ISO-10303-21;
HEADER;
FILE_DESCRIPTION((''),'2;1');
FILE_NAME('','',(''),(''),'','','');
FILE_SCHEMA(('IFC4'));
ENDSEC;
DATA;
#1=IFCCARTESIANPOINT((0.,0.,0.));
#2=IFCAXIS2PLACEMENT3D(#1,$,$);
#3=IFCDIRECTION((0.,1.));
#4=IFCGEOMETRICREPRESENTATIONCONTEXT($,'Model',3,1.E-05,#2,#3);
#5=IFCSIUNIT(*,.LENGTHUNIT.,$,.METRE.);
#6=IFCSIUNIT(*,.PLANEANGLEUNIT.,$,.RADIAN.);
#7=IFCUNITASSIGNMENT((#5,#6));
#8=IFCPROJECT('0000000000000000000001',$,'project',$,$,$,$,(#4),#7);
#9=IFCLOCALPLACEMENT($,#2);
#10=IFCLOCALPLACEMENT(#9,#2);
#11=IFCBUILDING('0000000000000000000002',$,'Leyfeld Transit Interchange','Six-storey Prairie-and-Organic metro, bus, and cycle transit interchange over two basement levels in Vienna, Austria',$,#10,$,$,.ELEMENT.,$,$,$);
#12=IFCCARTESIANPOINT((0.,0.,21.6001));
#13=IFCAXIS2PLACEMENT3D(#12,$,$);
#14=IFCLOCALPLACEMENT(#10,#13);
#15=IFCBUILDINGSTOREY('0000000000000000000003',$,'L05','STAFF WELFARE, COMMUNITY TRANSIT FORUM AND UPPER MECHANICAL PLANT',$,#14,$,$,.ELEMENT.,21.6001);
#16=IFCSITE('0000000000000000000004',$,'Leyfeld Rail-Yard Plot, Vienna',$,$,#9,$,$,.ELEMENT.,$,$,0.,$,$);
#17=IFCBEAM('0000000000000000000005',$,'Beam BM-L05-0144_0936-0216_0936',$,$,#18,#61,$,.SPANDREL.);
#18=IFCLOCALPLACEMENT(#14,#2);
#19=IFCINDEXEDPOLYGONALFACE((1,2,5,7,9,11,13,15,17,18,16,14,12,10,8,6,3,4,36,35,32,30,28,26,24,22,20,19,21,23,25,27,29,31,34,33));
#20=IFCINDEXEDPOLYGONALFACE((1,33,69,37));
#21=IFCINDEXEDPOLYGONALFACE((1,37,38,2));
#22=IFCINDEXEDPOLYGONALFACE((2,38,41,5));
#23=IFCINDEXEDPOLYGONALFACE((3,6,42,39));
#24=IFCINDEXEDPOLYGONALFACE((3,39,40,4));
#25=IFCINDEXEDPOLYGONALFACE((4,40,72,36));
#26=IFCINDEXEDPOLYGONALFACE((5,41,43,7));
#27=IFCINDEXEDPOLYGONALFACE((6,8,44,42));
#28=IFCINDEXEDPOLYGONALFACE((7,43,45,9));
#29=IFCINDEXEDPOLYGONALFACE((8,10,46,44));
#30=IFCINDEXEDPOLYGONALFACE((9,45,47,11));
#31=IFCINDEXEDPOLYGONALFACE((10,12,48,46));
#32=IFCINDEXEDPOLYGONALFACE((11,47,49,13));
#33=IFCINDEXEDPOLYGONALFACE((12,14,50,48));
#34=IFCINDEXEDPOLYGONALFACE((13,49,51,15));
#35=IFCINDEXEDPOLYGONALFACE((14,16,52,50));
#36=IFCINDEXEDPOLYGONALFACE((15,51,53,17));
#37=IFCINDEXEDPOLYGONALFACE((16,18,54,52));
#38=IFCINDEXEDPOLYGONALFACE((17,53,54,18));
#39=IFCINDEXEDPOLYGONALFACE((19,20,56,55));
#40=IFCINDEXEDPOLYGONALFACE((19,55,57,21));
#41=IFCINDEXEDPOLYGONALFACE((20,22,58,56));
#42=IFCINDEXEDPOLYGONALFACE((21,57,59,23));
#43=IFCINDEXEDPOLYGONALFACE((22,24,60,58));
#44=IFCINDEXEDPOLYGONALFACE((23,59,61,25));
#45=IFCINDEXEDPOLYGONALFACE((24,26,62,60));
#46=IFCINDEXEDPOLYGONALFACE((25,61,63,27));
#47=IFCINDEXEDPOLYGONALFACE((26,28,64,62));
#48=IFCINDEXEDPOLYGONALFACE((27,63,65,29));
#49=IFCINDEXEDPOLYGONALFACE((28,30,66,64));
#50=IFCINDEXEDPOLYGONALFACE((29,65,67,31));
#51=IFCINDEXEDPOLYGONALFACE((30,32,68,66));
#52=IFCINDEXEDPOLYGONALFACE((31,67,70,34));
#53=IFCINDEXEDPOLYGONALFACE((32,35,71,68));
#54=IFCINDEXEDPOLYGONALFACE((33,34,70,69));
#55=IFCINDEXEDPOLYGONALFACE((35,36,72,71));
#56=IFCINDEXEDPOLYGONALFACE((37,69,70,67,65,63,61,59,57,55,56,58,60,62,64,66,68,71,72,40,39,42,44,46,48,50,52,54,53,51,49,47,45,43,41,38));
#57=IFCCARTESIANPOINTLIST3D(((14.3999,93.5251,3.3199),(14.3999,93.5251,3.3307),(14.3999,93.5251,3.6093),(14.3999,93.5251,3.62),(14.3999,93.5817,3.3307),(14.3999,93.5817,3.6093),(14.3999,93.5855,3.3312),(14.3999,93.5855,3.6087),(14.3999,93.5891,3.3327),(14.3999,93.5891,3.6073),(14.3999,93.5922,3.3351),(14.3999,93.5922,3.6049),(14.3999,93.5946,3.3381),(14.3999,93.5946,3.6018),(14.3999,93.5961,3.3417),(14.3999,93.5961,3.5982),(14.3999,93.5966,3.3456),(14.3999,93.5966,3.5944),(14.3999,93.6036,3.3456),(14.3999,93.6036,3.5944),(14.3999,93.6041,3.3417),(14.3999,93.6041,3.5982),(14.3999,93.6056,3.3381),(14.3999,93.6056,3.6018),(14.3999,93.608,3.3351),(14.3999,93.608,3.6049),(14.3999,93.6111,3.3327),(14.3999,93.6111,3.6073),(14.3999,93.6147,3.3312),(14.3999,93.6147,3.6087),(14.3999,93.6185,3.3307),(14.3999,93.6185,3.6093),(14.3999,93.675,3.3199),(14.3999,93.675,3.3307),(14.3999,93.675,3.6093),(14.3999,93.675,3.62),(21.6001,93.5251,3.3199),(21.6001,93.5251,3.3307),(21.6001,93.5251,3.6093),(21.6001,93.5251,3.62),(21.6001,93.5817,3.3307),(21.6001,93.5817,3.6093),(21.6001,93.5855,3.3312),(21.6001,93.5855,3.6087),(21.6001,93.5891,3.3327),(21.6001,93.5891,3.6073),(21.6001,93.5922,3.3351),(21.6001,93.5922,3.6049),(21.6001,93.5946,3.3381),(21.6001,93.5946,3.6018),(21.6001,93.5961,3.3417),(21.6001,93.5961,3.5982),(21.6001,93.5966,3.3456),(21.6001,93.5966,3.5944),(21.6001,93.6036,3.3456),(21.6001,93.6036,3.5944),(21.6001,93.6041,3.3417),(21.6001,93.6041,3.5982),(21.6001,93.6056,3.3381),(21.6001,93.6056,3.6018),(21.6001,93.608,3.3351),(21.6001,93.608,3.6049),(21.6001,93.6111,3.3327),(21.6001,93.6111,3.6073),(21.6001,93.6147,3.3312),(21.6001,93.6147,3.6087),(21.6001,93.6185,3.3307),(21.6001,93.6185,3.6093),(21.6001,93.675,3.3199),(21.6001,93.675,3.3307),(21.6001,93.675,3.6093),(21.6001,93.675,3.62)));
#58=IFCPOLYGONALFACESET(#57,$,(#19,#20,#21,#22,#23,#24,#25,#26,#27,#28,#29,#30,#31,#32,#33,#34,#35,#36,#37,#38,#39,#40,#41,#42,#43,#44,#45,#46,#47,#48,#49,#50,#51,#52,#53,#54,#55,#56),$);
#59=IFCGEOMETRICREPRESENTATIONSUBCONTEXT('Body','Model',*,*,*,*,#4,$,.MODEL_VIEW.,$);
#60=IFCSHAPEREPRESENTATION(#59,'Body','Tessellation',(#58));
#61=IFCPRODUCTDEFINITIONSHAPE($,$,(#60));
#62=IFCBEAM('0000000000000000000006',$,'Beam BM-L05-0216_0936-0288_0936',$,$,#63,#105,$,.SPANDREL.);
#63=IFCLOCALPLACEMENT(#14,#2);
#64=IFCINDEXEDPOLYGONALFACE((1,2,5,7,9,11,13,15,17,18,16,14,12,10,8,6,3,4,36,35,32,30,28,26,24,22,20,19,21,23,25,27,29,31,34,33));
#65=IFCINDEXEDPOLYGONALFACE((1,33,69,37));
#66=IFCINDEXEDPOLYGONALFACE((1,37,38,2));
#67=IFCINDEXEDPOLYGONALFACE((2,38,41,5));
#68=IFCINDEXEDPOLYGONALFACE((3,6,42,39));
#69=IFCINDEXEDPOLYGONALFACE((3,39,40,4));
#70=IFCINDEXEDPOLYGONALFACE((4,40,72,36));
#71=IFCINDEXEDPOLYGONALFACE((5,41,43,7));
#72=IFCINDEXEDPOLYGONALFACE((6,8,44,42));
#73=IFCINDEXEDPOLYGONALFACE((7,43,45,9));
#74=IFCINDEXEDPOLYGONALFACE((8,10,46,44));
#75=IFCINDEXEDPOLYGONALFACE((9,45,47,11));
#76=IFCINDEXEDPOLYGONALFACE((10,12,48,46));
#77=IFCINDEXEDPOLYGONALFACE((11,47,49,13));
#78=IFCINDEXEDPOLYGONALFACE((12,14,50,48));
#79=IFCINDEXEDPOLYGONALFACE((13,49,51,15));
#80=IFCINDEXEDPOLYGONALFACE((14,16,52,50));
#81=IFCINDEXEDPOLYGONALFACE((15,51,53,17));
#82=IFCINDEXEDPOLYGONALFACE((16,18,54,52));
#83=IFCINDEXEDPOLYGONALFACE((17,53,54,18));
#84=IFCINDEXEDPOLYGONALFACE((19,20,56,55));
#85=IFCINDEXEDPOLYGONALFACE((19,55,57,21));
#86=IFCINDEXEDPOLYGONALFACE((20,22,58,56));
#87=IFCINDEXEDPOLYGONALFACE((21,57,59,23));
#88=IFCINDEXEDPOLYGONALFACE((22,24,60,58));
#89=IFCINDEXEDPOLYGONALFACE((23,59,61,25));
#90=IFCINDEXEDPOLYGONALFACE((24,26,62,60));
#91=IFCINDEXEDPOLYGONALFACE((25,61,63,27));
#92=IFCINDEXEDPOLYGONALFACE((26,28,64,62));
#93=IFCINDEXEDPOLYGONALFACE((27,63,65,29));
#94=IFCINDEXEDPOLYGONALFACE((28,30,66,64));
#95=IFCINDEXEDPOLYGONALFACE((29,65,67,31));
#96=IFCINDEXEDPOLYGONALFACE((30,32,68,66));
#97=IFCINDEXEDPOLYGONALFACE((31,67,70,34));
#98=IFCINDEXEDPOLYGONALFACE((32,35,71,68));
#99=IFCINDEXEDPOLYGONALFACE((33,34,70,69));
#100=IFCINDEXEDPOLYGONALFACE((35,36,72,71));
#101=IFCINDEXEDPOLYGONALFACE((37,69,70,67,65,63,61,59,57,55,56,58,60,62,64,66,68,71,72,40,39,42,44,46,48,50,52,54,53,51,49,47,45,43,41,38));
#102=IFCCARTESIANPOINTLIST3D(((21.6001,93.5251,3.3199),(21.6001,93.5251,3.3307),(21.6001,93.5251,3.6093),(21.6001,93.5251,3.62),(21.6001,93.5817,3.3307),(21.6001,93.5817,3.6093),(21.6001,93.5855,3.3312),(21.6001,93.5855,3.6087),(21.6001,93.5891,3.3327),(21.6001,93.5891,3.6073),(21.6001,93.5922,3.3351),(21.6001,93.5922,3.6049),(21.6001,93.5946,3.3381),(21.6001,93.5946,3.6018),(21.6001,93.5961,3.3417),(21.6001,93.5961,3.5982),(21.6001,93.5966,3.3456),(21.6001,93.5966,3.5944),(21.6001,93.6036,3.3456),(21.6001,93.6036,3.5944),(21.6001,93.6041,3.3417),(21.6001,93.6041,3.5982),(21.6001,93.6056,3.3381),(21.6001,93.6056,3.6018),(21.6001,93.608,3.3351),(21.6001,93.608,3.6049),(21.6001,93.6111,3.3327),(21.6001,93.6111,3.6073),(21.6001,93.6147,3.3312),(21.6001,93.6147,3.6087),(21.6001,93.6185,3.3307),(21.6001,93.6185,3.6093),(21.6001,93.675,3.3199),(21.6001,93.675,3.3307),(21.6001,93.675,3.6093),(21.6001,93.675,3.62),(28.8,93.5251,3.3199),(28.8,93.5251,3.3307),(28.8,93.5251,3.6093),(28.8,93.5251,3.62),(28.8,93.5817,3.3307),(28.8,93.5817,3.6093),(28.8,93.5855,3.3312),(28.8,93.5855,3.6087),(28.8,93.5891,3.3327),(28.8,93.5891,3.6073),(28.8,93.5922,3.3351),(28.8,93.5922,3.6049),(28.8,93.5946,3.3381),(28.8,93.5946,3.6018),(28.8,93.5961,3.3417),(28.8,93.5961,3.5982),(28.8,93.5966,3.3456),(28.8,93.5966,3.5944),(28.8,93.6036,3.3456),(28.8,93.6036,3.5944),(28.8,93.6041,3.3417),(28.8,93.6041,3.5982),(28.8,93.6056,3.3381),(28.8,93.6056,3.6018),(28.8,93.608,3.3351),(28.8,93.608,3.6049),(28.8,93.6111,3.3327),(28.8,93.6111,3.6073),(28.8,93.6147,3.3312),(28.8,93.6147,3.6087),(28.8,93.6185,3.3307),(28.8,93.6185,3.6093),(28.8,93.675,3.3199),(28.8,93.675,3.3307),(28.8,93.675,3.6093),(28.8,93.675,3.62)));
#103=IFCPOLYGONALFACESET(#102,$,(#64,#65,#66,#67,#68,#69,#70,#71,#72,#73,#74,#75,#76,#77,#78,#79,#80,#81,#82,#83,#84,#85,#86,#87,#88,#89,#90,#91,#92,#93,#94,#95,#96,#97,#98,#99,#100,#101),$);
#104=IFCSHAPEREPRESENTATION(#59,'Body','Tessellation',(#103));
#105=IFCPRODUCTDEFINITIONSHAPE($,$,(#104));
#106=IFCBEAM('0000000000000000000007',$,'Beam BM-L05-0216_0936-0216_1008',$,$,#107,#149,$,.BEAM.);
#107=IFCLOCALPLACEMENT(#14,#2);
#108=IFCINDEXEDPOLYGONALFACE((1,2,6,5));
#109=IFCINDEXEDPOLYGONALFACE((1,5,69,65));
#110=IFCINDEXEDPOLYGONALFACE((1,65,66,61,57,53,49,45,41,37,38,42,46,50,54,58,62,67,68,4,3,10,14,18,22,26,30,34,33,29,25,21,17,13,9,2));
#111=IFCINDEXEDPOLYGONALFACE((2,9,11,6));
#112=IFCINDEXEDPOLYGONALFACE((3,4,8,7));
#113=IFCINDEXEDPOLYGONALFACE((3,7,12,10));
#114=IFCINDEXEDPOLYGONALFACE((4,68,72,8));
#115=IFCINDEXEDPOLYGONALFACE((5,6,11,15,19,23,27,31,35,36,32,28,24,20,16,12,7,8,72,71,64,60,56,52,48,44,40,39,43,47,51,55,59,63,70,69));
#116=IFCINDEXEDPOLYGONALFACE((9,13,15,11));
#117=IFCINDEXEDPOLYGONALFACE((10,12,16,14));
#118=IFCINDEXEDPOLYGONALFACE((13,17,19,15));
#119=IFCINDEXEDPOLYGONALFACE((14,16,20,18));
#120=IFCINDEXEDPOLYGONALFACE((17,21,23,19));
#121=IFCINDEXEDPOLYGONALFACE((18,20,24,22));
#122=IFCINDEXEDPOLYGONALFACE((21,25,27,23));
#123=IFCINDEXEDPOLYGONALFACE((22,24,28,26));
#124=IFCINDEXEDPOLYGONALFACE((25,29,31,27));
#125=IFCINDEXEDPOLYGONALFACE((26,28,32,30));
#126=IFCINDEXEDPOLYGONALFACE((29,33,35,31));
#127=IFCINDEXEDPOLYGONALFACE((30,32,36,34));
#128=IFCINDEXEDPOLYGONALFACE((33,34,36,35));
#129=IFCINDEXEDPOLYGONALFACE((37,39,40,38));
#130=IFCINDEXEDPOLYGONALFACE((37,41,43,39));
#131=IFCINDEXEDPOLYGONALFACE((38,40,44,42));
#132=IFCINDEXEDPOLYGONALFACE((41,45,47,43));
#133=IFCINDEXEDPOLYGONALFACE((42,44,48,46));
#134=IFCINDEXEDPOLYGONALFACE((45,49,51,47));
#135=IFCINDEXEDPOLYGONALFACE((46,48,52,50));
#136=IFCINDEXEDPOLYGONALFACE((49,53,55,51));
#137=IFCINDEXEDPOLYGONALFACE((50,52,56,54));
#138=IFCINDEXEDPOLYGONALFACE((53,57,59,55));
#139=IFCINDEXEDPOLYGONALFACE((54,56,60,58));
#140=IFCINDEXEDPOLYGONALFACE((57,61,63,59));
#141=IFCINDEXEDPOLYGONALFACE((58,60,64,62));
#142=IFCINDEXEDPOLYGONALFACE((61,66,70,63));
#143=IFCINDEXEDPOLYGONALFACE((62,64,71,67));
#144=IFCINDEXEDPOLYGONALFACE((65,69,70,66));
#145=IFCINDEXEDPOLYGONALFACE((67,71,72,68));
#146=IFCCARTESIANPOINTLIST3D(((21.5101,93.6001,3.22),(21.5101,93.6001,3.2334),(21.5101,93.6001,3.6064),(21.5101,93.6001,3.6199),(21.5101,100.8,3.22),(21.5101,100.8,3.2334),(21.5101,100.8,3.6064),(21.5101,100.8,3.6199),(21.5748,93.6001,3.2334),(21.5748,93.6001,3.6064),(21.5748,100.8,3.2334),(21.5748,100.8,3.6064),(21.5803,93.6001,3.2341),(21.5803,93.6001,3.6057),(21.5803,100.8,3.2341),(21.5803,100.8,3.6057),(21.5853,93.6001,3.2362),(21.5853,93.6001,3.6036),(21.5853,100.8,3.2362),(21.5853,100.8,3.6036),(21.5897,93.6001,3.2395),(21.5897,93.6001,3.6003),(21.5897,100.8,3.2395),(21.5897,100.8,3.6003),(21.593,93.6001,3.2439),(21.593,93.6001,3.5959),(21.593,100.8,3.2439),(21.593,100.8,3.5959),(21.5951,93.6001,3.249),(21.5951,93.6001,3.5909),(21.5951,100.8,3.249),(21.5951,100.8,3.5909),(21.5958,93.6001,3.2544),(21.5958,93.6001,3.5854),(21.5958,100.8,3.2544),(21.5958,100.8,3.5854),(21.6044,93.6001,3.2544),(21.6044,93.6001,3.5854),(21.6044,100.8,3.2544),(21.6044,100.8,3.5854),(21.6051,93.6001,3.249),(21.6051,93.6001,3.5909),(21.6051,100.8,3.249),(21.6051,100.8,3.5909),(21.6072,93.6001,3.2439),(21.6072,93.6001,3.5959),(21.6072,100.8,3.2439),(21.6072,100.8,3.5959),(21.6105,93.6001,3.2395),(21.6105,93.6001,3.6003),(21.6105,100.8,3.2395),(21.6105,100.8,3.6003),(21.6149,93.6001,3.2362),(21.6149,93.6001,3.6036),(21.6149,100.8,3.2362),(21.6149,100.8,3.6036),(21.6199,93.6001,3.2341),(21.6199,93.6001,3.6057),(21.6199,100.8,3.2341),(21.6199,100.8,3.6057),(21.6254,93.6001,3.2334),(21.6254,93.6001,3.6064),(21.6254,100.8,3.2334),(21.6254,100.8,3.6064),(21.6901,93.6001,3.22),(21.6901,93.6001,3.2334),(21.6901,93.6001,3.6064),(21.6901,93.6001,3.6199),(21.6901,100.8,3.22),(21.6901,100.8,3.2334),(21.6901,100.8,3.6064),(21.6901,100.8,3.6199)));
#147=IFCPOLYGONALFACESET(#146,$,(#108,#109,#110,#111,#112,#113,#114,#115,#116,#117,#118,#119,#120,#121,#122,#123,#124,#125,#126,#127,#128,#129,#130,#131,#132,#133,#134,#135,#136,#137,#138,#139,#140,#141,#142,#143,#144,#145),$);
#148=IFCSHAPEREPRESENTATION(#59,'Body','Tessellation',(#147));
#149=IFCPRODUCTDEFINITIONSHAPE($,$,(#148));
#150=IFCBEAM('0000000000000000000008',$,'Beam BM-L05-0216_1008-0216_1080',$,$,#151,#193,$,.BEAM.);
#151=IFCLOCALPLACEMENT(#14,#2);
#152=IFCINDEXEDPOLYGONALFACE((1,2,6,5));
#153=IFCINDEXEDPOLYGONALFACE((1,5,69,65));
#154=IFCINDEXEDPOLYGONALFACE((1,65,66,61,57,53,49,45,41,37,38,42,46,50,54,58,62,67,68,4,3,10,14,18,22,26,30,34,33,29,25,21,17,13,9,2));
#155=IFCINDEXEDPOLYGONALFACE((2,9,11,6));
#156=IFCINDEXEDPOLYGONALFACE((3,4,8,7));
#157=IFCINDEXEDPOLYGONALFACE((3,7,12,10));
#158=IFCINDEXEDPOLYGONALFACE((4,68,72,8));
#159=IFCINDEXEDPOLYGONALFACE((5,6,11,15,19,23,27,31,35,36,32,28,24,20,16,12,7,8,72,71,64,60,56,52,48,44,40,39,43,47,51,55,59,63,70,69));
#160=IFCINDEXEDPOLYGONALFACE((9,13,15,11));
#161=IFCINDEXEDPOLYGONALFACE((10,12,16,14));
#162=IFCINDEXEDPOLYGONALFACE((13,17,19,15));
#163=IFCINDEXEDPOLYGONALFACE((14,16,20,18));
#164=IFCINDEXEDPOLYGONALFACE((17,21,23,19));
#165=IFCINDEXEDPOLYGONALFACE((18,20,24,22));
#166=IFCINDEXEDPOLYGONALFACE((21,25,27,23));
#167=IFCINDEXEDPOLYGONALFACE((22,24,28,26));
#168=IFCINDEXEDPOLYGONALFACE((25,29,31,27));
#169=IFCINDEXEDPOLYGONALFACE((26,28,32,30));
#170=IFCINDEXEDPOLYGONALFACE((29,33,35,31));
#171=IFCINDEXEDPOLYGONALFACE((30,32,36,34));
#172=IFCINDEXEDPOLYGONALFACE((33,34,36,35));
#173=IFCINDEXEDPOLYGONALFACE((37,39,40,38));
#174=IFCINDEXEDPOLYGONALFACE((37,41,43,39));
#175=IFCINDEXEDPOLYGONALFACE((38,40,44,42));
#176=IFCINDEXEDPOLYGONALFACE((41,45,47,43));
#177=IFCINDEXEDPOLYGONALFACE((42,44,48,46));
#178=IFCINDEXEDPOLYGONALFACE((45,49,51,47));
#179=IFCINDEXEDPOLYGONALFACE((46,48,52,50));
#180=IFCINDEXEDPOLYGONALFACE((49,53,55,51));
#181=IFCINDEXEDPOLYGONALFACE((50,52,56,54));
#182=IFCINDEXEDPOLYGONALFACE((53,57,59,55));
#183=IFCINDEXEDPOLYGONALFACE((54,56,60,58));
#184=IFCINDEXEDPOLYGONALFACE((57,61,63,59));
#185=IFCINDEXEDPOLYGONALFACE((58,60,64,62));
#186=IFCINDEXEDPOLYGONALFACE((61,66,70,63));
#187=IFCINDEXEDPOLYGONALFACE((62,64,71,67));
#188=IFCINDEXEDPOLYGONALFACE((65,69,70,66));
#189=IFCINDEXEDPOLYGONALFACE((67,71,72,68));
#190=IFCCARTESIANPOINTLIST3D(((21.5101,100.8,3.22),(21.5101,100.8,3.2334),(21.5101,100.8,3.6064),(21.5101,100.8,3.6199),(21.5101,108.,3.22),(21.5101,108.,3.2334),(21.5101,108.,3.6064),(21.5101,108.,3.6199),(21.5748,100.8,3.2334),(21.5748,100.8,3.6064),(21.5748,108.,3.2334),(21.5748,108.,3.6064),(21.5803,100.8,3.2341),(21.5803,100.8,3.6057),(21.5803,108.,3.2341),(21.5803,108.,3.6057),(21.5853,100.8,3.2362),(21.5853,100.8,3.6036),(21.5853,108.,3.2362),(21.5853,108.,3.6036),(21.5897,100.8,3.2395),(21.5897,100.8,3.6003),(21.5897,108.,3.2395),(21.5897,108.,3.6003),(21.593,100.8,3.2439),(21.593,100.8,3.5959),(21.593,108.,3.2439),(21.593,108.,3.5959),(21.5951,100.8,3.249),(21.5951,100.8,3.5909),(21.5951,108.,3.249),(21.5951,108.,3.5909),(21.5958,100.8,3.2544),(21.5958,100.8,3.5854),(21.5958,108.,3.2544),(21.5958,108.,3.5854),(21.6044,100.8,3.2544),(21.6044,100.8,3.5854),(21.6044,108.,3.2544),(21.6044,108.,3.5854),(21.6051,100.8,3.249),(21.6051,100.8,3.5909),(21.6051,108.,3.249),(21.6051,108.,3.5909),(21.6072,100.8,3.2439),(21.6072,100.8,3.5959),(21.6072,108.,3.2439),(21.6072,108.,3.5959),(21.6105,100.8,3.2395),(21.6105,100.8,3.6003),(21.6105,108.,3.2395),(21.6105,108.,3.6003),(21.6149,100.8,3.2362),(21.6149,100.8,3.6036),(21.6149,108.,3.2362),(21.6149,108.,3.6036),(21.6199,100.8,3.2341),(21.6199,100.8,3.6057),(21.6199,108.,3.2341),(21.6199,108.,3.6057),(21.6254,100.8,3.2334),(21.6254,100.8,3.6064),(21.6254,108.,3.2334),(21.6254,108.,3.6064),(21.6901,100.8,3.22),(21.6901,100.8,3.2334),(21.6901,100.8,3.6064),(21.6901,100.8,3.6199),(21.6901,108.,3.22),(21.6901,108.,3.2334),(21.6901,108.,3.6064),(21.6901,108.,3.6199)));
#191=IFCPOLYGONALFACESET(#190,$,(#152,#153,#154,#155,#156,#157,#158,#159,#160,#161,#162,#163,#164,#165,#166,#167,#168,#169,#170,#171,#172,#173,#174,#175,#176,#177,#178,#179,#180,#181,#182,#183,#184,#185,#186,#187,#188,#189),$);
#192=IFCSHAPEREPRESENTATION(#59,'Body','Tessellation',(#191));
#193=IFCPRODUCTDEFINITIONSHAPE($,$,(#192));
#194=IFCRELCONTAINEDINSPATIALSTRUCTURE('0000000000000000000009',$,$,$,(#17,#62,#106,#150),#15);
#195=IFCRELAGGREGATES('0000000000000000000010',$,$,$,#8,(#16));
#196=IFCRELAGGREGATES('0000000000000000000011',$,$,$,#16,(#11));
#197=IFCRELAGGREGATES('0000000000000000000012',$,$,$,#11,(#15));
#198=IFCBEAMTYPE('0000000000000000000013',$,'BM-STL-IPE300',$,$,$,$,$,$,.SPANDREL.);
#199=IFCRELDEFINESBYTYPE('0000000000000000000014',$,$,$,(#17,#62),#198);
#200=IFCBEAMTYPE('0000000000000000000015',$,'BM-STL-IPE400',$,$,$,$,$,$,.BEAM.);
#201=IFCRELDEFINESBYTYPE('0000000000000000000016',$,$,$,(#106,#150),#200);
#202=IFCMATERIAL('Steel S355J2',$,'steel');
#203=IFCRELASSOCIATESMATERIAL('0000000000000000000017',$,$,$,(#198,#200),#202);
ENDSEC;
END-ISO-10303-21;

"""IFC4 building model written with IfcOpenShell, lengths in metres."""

from ifc_helpers import new_model, si_unit, direction, frame, origin, origin_2d, place, context, subcontext, project, spatial, i_section, extrude, material, material_profile, profile_set, type_object, element, save


model = new_model("IFC4")

# Units and contexts
model_context = context("Model", 3, precision=1e-05, world=origin(), true_north=direction((0.0, 1.0)))
body_context = subcontext(model_context, "Body", "Model", "MODEL_VIEW")
ifc_project = project(units=[si_unit("LENGTHUNIT", "METRE"), si_unit("PLANEANGLEUNIT", "RADIAN")], contexts=[model_context])

# Site, building, storey
site_placement = place(None, origin())
site = spatial("IfcSite", under=ifc_project, at=site_placement, Name="Leyfeld Rail-Yard Plot, Vienna", CompositionType="ELEMENT", RefElevation=0.0)
building_placement = place(site_placement, origin())
building = spatial("IfcBuilding", under=site, at=building_placement, Name="Leyfeld Transit Interchange", Description="Six-storey Prairie-and-Organic metro, bus, and cycle transit interchange over two basement levels in Vienna, Austria", CompositionType="ELEMENT")
storey_placement = place(building_placement, frame((0.0, 0.0, 21.6001)))
storey = spatial("IfcBuildingStorey", under=building, at=storey_placement, Name="L05", Description="STAFF WELFARE, COMMUNITY TRANSIT FORUM AND UPPER MECHANICAL PLANT", CompositionType="ELEMENT", Elevation=21.6001)

# Shared definitions
ifc_material_1 = material(Name="Steel S355J2", Category="steel")

# Beams
ifc_material_profile_1 = material_profile(ifc_material_1, i_section(OverallWidth=0.1499, OverallDepth=0.3, WebThickness=0.0071, FlangeThickness=0.0107, FilletRadius=0.0149, at=origin_2d()), Name="IPE 300")
ifc_profile_set_1 = profile_set([ifc_material_profile_1], Name="Steel S355J2")
beam_type_1 = type_object("IfcBeamType", Name="BM-STL-IPE300", PredefinedType="SPANDREL", material=ifc_profile_set_1)
beam_1_placement = place(storey_placement, frame((14.3999, 93.6001, 3.47), z_axis=(1.0, 0.0, 0.0), x_axis=(0.0, 1.0, 0.0)))
element("IfcBeam", 1, at=beam_1_placement, inside=storey, type_object=beam_type_1, Name="Beam BM-L05-0144_0936-0216_0936", PredefinedType="SPANDREL", context=body_context, shape_type="SweptSolid", body=[
    extrude(i_section(OverallWidth=0.1499, OverallDepth=0.3, WebThickness=0.0071, FlangeThickness=0.0107, FilletRadius=0.0149, at=origin_2d()), origin(), (0.0, 0.0, 1.0), 7.2002),
])
beam_2_placement = place(storey_placement, frame((21.6001, 93.6001, 3.47), z_axis=(1.0, 0.0, 0.0), x_axis=(0.0, 1.0, 0.0)))
element("IfcBeam", 2, at=beam_2_placement, inside=storey, type_object=beam_type_1, Name="Beam BM-L05-0216_0936-0288_0936", PredefinedType="SPANDREL", context=body_context, shape_type="SweptSolid", body=[
    extrude(i_section(OverallWidth=0.1499, OverallDepth=0.3, WebThickness=0.0071, FlangeThickness=0.0107, FilletRadius=0.0149, at=origin_2d()), origin(), (0.0, 0.0, 1.0), 7.2),
])
ifc_material_profile_2 = material_profile(ifc_material_1, i_section(OverallWidth=0.1799, OverallDepth=0.3999, WebThickness=0.0085, FlangeThickness=0.0134, FilletRadius=0.021, at=origin_2d()), Name="IPE 400")
ifc_profile_set_2 = profile_set([ifc_material_profile_2], Name="Steel S355J2")
beam_type_2 = type_object("IfcBeamType", Name="BM-STL-IPE400", PredefinedType="BEAM", material=ifc_profile_set_2)
for number, where, z_axis, x_axis, name in (
    (3, (21.6001, 93.6001, 3.4199), (0.0, 1.0, 0.0), (-1.0, 0.0, 0.0), "Beam BM-L05-0216_0936-0216_1008"),
    (4, (21.6001, 100.8, 3.4199), (0.0, 1.0, 0.0), (-1.0, 0.0, 0.0), "Beam BM-L05-0216_1008-0216_1080"),
):
    element("IfcBeam", number, at=place(storey_placement, frame(where, z_axis=z_axis, x_axis=x_axis)), inside=storey, type_object=beam_type_2, Name=name, PredefinedType="BEAM", context=body_context, shape_type="SweptSolid", body=[
        extrude(i_section(OverallWidth=0.1799, OverallDepth=0.3999, WebThickness=0.0085, FlangeThickness=0.0134, FilletRadius=0.021, at=origin_2d()), origin(), (0.0, 0.0, 1.0), 7.2),
    ])

save(model, "model.ifc")
